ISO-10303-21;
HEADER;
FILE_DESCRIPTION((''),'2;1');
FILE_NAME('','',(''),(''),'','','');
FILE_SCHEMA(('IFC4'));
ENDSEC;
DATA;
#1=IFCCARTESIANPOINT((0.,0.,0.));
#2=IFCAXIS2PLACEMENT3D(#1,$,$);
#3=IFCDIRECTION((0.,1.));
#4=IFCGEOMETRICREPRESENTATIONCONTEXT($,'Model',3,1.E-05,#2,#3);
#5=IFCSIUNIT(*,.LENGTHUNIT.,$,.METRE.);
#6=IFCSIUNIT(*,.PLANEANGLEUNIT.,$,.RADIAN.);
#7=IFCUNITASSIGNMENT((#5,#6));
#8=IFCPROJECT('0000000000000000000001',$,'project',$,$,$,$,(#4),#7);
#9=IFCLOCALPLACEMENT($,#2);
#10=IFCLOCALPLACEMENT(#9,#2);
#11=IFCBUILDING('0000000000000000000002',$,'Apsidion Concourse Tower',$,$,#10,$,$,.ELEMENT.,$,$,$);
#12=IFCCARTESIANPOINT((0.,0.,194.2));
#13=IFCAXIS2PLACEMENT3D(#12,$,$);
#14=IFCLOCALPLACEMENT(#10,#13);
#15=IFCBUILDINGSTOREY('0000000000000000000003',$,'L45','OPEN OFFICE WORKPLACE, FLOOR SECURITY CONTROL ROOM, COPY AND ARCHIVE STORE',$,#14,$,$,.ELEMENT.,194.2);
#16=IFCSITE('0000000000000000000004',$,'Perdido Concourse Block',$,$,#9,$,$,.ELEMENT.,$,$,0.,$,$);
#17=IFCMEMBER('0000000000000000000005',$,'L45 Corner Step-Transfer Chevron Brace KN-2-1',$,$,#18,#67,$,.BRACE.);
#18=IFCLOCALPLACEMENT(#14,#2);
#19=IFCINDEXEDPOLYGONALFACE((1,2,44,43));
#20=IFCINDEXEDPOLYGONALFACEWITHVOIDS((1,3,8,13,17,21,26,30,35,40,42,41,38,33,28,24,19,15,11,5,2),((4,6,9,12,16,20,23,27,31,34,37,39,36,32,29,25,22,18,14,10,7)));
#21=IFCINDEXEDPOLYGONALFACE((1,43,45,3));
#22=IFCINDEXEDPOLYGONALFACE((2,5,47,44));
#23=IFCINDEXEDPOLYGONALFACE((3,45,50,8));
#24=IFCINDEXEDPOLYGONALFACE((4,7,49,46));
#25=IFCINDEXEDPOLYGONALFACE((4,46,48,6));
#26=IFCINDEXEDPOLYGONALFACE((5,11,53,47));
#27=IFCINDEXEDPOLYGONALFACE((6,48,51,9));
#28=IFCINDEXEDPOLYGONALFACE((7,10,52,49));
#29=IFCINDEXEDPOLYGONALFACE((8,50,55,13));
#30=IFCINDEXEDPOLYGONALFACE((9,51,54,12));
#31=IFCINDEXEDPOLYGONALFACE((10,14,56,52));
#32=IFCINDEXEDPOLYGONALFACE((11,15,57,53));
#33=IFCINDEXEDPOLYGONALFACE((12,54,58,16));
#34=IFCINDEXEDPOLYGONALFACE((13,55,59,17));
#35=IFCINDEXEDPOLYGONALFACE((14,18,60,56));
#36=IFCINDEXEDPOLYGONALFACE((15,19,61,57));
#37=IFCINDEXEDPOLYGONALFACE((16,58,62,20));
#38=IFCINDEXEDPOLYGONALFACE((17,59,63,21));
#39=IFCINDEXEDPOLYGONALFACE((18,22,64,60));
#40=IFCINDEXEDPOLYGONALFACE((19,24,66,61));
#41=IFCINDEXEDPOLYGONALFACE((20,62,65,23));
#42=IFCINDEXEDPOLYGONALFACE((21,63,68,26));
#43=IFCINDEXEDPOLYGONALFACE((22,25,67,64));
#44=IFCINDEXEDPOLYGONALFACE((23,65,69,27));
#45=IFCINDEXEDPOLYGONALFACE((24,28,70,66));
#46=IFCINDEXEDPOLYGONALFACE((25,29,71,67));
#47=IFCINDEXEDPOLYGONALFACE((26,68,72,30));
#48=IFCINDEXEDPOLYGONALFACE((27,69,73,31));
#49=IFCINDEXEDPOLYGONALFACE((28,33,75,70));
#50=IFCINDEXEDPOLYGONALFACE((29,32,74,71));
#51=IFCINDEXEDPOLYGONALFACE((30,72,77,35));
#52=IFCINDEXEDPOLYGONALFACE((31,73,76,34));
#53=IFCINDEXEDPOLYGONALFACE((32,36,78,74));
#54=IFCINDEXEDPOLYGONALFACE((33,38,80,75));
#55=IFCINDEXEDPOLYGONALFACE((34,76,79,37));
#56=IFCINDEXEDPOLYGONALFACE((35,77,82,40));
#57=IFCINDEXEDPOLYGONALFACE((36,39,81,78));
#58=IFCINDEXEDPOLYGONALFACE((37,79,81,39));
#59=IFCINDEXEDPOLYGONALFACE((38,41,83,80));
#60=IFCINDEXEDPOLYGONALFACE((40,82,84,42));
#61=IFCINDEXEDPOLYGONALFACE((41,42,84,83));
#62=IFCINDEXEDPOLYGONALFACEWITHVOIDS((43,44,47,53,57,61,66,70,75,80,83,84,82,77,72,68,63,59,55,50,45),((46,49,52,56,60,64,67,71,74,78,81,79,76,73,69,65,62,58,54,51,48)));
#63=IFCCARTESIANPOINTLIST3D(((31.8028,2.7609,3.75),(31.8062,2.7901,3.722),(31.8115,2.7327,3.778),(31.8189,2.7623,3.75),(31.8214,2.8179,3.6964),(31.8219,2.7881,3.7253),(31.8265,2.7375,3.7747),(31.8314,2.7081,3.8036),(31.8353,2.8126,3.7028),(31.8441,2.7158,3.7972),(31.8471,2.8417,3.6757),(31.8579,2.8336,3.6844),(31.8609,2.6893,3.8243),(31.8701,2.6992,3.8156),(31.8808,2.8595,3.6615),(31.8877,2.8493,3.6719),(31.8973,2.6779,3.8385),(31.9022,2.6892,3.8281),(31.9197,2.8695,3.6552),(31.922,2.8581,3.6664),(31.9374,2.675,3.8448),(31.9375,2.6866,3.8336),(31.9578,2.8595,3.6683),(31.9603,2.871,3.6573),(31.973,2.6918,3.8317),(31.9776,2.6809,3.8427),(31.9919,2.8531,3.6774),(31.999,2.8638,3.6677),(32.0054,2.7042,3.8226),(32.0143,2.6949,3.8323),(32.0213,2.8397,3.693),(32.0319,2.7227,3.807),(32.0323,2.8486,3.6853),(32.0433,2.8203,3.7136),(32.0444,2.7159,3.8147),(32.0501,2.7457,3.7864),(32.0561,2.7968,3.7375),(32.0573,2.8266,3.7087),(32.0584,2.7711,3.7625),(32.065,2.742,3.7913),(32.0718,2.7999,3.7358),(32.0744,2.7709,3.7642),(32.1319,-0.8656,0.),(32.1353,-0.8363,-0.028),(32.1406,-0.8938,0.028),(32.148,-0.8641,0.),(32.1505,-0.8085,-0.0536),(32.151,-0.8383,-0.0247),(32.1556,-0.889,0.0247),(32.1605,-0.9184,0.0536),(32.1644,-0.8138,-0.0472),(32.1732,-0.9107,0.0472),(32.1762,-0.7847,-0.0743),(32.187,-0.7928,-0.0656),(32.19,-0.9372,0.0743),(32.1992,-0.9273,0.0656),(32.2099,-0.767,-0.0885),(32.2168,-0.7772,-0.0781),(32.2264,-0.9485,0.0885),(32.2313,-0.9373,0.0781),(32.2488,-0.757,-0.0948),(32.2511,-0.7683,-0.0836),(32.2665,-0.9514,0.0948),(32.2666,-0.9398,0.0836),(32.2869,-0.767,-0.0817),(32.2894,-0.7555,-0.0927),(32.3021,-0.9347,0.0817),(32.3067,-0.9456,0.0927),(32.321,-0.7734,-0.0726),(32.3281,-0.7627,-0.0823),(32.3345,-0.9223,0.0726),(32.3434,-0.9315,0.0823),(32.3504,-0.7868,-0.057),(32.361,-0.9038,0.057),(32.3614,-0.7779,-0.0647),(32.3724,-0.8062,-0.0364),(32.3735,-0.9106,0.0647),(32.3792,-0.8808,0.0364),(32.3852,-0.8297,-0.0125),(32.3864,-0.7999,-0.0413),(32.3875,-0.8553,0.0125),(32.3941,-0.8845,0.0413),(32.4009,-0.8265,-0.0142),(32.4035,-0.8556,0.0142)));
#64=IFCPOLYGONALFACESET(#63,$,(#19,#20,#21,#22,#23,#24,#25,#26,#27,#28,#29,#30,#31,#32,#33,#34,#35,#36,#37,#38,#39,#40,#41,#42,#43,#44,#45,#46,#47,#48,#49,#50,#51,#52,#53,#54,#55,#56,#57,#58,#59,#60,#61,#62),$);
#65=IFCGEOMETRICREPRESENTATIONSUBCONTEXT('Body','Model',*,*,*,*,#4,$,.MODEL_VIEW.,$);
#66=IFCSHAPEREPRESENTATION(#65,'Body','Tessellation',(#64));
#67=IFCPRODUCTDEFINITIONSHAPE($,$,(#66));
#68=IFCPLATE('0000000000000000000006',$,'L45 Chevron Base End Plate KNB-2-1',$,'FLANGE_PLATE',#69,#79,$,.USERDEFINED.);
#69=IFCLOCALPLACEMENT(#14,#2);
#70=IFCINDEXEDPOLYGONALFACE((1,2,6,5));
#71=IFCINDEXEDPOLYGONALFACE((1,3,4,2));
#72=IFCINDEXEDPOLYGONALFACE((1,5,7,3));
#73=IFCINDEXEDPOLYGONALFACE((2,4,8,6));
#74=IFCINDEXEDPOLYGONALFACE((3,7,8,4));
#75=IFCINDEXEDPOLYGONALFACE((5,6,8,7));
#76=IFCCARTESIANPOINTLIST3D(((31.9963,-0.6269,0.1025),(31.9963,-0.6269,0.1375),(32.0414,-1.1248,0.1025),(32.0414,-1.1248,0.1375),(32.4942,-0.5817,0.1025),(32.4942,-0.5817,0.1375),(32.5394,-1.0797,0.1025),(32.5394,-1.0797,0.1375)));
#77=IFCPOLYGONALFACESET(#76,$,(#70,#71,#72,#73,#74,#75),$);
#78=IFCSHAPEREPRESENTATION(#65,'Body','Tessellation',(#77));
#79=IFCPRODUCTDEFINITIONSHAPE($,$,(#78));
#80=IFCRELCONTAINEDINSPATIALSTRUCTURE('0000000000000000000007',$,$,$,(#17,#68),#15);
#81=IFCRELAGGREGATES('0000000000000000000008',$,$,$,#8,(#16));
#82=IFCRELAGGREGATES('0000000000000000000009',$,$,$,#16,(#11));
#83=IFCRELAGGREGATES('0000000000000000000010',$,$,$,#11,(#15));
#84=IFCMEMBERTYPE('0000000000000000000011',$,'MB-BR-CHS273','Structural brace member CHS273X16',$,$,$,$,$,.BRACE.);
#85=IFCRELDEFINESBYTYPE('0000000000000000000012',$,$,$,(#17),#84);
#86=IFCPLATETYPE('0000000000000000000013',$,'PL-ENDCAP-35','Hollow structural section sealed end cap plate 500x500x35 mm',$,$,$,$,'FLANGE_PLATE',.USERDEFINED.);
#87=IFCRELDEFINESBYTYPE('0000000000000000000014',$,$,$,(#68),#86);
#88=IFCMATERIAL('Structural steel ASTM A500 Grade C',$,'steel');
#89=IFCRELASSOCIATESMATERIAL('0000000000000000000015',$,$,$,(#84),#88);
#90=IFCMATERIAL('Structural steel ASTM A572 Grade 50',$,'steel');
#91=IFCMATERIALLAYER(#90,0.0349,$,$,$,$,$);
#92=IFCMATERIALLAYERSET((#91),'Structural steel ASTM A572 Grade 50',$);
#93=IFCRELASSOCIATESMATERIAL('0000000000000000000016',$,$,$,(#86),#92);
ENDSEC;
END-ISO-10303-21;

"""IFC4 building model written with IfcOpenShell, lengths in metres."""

from ifc_helpers import new_model, si_unit, direction, frame, origin, origin_2d, place, context, subcontext, project, spatial, rectangle, hollow_circle, extrude, material, layer, layer_set, material_profile, profile_set, type_object, element, save


model = new_model("IFC4")

# Units and contexts
model_context = context("Model", 3, precision=1e-05, world=origin(), true_north=direction((0.0, 1.0)))
body_context = subcontext(model_context, "Body", "Model", "MODEL_VIEW")
ifc_project = project(units=[si_unit("LENGTHUNIT", "METRE"), si_unit("PLANEANGLEUNIT", "RADIAN")], contexts=[model_context])

# Site, building, storey
site_placement = place(None, origin())
site = spatial("IfcSite", under=ifc_project, at=site_placement, Name="Perdido Concourse Block", CompositionType="ELEMENT", RefElevation=0.0)
building_placement = place(site_placement, origin())
building = spatial("IfcBuilding", under=site, at=building_placement, Name="Apsidion Concourse Tower", CompositionType="ELEMENT")
storey_placement = place(building_placement, frame((0.0, 0.0, 194.2)))
storey = spatial("IfcBuildingStorey", under=building, at=storey_placement, Name="L45", Description="OPEN OFFICE WORKPLACE, FLOOR SECURITY CONTROL ROOM, COPY AND ARCHIVE STORE", CompositionType="ELEMENT", Elevation=194.2)

# Member
ifc_material_1 = material(Name="Structural steel ASTM A500 Grade C", Category="steel")
ifc_material_profile_1 = material_profile(ifc_material_1, hollow_circle(Radius=0.1365, WallThickness=0.0161, at=origin_2d()), Name="CHS273X16")
ifc_profile_set_1 = profile_set([ifc_material_profile_1], Name="Structural steel ASTM A500 Grade C")
member_type = type_object("IfcMemberType", Name="MB-BR-CHS273", Description="Structural brace member CHS273X16", PredefinedType="BRACE", material=ifc_profile_set_1)
member_placement = place(storey_placement, frame((32.2678, -0.8533, 0.0), z_axis=(-0.062961, 0.693788, 0.717422), x_axis=(-0.995907, -0.090379, 0.0)))
element("IfcMember", 1, at=member_placement, inside=storey, type_object=member_type, Name="L45 Corner Step-Transfer Chevron Brace KN-2-1", PredefinedType="BRACE", context=body_context, shape_type="SweptSolid", body=[
    extrude(hollow_circle(Radius=0.1365, WallThickness=0.0161, at=origin_2d()), origin(), (0.0, 0.0, 1.0), 5.2271),
])

# Plate
ifc_material_2 = material(Name="Structural steel ASTM A572 Grade 50", Category="steel")
ifc_layer_1 = layer(ifc_material_2, 0.0349)
ifc_layer_set_1 = layer_set([ifc_layer_1], Name="Structural steel ASTM A572 Grade 50")
plate_type = type_object("IfcPlateType", Name="PL-ENDCAP-35", Description="Hollow structural section sealed end cap plate 500x500x35 mm", ElementType="FLANGE_PLATE", PredefinedType="USERDEFINED", material=ifc_layer_set_1)
plate_placement = place(storey_placement, frame((32.2678, -0.8533, 0.1025), z_axis=(0.0, 0.0, 1.0), x_axis=(-0.090285, 0.995916, 0.0)))
element("IfcPlate", 2, at=plate_placement, inside=storey, type_object=plate_type, Name="L45 Chevron Base End Plate KNB-2-1", ObjectType="FLANGE_PLATE", PredefinedType="USERDEFINED", context=body_context, shape_type="SweptSolid", body=[
    extrude(rectangle(XDim=0.5, YDim=0.5, at=origin_2d()), origin(), (0.0, 0.0, 1.0), 0.0349),
])

save(model, "model.ifc")
